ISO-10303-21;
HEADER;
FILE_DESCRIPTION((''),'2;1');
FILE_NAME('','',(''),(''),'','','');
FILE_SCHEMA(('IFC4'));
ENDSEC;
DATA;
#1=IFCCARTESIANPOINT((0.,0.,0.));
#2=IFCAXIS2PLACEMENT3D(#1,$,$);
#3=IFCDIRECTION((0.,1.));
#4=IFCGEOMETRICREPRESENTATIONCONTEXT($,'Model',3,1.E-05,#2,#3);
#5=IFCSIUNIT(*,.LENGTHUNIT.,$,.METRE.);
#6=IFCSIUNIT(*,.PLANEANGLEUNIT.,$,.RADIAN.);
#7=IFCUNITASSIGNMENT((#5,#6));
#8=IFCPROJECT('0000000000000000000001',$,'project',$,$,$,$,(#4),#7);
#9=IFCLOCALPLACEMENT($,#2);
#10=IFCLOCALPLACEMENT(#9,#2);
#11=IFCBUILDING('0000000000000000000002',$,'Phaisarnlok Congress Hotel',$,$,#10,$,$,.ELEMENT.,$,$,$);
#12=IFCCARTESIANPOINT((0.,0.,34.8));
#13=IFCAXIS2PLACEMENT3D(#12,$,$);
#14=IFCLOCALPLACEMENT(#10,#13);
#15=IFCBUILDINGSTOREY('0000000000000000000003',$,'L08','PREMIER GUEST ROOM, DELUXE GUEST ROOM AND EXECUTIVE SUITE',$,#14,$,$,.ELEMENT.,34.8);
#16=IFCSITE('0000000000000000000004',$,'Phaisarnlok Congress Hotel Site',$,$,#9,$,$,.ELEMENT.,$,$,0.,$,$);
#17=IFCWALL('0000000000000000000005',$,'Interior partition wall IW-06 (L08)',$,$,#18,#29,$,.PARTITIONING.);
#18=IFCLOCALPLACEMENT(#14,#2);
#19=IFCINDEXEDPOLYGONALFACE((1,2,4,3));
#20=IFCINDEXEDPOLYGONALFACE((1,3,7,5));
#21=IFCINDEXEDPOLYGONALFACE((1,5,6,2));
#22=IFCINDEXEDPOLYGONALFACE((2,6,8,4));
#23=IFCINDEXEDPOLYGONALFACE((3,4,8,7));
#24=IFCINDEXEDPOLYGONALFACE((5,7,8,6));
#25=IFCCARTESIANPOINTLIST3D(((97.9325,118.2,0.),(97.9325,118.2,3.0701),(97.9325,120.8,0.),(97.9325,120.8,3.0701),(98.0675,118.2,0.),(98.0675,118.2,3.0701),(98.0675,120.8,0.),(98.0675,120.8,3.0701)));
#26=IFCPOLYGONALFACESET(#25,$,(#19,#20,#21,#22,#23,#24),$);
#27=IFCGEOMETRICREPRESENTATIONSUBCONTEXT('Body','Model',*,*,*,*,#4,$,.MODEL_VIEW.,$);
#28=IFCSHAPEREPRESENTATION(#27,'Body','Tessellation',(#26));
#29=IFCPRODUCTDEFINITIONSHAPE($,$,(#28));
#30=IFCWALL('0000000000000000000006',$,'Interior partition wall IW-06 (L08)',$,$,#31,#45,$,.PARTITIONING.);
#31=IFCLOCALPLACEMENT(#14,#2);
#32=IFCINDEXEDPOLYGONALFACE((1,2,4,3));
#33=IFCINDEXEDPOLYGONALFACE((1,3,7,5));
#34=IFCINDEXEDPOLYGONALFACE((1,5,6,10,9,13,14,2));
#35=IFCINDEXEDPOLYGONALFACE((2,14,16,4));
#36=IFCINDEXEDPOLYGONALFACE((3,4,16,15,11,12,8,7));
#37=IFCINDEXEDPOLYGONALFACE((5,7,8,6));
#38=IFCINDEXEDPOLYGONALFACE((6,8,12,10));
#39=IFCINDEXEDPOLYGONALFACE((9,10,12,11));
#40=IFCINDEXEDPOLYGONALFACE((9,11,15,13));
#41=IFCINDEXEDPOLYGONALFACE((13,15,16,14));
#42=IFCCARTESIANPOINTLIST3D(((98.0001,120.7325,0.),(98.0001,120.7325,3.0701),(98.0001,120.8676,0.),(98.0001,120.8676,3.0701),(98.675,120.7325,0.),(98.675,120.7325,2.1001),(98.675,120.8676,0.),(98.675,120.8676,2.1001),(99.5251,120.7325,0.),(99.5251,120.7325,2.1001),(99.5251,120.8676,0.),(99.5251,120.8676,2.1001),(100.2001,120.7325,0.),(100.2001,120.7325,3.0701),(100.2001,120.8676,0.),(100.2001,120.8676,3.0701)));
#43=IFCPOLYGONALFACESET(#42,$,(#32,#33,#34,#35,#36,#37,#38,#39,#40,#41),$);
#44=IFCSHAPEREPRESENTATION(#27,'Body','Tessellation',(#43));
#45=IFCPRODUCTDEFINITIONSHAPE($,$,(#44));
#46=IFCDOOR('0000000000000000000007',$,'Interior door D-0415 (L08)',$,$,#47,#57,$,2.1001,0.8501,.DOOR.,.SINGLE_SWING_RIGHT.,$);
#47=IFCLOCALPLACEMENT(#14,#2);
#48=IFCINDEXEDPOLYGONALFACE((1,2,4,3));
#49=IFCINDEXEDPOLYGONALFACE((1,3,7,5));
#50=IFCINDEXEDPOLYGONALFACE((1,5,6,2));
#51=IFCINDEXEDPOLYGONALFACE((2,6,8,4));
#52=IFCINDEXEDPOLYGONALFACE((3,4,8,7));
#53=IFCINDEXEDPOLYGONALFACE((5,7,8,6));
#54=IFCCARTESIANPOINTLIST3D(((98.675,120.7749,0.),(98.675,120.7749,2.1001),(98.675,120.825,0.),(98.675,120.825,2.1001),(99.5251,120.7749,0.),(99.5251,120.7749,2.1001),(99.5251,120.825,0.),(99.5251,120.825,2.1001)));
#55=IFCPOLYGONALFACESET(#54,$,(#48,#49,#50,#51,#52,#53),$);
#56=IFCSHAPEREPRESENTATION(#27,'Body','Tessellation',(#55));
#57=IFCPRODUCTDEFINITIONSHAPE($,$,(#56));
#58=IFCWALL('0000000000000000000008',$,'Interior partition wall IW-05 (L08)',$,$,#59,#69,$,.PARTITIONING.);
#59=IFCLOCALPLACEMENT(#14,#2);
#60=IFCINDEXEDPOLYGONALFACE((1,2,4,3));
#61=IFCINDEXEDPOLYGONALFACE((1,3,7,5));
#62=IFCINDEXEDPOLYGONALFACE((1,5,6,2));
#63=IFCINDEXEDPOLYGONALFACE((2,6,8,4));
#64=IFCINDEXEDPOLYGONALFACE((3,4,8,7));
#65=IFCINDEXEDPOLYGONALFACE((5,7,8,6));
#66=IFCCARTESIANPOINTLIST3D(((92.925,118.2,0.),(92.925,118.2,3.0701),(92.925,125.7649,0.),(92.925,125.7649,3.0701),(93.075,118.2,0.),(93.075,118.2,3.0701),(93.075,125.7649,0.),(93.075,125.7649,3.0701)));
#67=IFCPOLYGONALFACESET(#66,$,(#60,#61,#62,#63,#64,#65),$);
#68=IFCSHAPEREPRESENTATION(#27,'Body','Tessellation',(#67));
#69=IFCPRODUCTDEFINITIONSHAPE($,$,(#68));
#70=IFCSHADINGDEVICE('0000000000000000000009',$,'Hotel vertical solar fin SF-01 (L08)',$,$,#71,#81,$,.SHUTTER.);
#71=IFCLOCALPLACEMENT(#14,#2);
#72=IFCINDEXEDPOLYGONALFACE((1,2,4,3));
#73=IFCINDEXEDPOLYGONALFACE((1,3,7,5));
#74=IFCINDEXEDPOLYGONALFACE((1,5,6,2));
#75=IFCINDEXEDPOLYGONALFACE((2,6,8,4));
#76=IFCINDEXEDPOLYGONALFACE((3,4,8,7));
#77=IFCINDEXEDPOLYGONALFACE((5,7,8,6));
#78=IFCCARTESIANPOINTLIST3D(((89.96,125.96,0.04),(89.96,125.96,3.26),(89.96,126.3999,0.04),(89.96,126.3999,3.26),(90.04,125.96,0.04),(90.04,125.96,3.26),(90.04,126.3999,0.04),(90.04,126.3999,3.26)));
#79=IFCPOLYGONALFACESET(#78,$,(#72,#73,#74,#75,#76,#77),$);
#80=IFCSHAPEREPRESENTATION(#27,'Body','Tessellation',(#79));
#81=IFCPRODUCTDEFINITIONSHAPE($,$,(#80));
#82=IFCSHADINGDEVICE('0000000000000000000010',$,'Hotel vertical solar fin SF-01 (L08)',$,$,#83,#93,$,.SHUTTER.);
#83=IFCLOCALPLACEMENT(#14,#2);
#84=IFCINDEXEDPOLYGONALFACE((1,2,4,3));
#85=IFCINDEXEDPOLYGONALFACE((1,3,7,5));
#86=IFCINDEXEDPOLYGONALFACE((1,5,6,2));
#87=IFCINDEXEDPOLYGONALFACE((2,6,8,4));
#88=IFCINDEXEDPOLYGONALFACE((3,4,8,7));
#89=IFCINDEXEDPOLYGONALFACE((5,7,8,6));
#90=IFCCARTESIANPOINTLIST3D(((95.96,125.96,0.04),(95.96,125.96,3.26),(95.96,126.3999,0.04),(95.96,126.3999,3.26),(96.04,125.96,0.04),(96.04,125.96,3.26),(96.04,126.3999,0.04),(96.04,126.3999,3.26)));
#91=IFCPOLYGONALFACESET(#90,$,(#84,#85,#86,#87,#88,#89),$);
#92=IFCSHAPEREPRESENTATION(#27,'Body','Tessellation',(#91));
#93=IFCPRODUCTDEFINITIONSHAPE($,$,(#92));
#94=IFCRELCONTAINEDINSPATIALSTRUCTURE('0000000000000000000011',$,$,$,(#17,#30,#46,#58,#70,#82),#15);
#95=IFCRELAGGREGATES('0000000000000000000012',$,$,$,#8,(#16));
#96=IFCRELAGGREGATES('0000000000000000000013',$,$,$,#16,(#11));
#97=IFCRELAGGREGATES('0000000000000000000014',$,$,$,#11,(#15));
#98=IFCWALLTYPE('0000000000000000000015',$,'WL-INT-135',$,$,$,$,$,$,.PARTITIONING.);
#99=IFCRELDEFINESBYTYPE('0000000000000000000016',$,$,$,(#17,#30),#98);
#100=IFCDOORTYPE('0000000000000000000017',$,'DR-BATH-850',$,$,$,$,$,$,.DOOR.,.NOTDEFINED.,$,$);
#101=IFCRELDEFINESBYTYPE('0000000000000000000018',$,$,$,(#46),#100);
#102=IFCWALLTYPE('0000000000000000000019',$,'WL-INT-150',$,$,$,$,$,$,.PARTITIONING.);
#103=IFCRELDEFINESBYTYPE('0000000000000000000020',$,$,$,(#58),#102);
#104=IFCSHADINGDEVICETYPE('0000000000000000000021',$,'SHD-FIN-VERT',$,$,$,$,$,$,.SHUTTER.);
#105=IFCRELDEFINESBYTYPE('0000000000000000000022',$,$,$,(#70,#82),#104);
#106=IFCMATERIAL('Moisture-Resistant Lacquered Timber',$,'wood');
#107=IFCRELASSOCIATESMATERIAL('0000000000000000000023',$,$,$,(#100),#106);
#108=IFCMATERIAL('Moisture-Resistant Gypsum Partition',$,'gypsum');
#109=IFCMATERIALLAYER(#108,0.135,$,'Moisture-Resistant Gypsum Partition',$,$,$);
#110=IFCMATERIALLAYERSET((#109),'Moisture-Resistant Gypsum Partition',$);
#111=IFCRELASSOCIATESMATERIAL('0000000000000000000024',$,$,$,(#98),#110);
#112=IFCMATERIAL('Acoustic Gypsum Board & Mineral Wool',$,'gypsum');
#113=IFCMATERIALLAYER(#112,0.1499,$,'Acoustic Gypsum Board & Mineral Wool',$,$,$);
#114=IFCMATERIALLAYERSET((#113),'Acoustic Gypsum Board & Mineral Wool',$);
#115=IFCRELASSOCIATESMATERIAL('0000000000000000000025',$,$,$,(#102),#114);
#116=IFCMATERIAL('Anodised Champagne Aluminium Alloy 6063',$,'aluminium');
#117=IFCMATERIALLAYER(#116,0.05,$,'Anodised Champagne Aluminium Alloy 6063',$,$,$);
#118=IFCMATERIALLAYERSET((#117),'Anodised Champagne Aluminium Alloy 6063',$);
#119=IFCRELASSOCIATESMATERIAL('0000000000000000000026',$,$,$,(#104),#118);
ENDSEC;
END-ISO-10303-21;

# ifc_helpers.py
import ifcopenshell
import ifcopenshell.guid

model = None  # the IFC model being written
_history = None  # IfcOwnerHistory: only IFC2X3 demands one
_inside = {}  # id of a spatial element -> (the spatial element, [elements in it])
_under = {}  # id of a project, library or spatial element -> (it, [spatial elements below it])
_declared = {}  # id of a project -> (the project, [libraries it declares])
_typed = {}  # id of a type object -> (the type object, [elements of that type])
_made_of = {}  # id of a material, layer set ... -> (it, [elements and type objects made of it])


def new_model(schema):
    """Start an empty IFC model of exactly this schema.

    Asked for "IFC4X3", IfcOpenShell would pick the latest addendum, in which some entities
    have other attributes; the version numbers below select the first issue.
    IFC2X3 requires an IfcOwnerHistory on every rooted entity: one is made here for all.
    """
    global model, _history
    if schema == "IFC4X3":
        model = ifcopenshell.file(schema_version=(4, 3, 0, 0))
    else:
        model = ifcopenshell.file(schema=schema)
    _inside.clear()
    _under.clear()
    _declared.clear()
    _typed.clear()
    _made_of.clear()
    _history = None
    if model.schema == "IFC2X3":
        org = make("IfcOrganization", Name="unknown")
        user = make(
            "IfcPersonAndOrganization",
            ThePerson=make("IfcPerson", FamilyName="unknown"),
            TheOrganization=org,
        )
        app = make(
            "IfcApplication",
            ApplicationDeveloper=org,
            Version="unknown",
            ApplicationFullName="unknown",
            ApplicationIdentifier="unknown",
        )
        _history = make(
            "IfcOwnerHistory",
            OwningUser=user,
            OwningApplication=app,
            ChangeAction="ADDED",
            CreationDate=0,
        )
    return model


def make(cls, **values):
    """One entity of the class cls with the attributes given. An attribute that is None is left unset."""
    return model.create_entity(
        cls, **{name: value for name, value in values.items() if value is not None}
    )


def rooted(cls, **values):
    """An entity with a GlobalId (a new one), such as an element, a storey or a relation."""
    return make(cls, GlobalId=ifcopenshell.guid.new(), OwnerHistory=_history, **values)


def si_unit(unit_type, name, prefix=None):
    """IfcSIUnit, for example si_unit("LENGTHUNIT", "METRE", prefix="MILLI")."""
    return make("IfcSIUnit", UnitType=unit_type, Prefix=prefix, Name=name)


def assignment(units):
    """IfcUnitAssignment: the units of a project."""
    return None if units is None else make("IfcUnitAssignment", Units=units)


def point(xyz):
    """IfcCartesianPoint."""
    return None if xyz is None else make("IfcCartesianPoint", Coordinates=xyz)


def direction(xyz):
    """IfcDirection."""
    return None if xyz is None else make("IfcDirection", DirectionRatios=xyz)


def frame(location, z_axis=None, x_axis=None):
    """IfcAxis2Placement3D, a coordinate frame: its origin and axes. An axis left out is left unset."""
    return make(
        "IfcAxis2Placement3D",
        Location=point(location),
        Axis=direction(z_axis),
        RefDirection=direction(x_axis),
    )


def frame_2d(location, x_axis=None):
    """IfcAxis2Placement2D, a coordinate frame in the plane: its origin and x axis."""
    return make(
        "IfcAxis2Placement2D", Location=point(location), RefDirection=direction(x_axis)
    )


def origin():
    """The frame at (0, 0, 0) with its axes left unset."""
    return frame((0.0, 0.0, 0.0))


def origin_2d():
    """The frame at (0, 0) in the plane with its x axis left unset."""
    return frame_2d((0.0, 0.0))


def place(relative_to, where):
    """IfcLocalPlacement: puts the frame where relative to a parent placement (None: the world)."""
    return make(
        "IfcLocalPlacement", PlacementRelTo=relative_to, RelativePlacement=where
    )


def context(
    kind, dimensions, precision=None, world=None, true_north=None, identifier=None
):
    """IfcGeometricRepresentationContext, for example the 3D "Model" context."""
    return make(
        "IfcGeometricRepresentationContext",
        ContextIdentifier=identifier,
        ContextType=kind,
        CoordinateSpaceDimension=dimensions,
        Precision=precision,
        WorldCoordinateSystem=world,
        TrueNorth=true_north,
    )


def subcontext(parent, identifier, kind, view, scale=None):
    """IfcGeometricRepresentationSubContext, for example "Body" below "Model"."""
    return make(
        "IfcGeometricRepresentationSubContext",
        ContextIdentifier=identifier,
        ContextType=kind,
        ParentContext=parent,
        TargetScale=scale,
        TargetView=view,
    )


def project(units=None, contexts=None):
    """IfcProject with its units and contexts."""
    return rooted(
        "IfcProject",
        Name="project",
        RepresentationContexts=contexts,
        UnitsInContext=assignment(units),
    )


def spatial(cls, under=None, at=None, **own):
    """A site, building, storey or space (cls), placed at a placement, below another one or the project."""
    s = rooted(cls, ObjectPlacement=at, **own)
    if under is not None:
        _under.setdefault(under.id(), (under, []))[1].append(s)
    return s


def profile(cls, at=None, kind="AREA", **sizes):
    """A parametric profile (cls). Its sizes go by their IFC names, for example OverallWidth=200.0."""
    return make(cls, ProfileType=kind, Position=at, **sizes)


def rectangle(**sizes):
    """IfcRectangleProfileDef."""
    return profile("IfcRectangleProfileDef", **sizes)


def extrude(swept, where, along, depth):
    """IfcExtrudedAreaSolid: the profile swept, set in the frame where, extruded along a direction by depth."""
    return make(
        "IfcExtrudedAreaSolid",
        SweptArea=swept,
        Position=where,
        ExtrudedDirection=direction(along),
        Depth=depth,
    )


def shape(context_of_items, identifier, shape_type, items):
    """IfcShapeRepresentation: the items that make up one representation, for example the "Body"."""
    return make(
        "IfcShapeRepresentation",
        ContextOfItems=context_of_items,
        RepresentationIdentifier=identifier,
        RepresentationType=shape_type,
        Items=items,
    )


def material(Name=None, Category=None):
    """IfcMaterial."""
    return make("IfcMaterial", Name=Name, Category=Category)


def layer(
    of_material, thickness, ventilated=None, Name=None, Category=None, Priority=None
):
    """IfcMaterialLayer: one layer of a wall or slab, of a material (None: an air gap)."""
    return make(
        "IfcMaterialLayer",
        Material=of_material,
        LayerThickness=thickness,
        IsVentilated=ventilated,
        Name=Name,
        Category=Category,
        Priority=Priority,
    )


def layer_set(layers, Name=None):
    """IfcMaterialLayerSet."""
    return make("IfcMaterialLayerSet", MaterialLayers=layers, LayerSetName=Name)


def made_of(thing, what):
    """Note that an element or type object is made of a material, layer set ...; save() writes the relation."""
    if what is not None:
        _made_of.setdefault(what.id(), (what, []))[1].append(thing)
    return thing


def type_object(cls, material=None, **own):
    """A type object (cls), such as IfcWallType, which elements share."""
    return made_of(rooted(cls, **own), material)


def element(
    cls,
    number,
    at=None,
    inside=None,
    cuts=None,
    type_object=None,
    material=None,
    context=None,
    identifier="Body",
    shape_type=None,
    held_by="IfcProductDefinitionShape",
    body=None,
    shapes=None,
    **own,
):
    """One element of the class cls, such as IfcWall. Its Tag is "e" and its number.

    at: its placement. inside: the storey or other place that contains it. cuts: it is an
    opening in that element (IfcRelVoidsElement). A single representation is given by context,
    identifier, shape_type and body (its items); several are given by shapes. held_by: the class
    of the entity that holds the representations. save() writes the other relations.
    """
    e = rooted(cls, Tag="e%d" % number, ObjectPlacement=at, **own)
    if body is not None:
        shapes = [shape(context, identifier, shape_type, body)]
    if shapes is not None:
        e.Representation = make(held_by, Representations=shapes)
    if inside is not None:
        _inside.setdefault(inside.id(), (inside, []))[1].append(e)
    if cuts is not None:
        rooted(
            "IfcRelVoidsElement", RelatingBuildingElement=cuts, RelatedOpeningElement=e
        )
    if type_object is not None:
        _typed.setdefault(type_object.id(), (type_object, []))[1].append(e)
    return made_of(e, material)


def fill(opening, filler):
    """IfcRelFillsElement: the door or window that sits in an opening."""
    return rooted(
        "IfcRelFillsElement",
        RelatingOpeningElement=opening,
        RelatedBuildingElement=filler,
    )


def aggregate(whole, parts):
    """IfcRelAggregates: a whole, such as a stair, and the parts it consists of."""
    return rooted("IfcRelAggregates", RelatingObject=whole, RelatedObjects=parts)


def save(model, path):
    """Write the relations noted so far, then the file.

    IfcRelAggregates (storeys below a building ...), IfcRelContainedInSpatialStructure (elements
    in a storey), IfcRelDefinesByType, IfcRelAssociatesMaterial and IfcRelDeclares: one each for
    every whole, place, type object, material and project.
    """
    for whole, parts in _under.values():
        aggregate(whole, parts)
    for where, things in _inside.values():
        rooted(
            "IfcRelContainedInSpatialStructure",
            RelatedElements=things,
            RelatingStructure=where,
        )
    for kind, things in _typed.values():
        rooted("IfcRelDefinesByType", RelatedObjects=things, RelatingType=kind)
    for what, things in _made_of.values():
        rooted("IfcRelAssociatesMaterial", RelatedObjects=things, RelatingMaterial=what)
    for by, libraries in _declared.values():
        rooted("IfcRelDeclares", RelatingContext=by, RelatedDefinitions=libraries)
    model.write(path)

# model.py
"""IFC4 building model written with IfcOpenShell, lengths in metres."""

from ifc_helpers import new_model, si_unit, direction, frame, frame_2d, origin, origin_2d, place, context, subcontext, project, spatial, rectangle, extrude, material, layer, layer_set, type_object, element, fill, save


model = new_model("IFC4")

# Units and contexts
model_context = context("Model", 3, precision=1e-05, world=origin(), true_north=direction((0.0, 1.0)))
body_context = subcontext(model_context, "Body", "Model", "MODEL_VIEW")
ifc_project = project(units=[si_unit("LENGTHUNIT", "METRE"), si_unit("PLANEANGLEUNIT", "RADIAN")], contexts=[model_context])

# Site, building, storey
site_placement = place(None, origin())
site = spatial("IfcSite", under=ifc_project, at=site_placement, Name="Phaisarnlok Congress Hotel Site", CompositionType="ELEMENT", RefElevation=0.0)
building_placement = place(site_placement, origin())
building = spatial("IfcBuilding", under=site, at=building_placement, Name="Phaisarnlok Congress Hotel", CompositionType="ELEMENT")
storey_placement = place(building_placement, frame((0.0, 0.0, 34.8)))
storey = spatial("IfcBuildingStorey", under=building, at=storey_placement, Name="L08", Description="PREMIER GUEST ROOM, DELUXE GUEST ROOM AND EXECUTIVE SUITE", CompositionType="ELEMENT", Elevation=34.8)

# Shared definitions
ifc_material_1 = material(Name="Moisture-Resistant Lacquered Timber", Category="wood")
door_type = type_object("IfcDoorType", Name="DR-BATH-850", OperationType="NOTDEFINED", PredefinedType="DOOR", material=ifc_material_1)

# Wall
ifc_material_2 = material(Name="Moisture-Resistant Gypsum Partition", Category="gypsum")
ifc_layer_1 = layer(ifc_material_2, 0.135, Name="Moisture-Resistant Gypsum Partition")
ifc_layer_set_1 = layer_set([ifc_layer_1], Name="Moisture-Resistant Gypsum Partition")
wall_type_1 = type_object("IfcWallType", Name="WL-INT-135", PredefinedType="PARTITIONING", material=ifc_layer_set_1)
for number, where, z_axis, x_axis, name in (
    (1, (98.0, 118.2, 0.0), (0.0, 0.0, 1.0), (0.0, 1.0, 0.0), "Interior partition wall IW-06 (L08)"),
):
    element("IfcWall", number, at=place(storey_placement, frame(where, z_axis=z_axis, x_axis=x_axis)), inside=storey, type_object=wall_type_1, Name=name, PredefinedType="PARTITIONING", context=body_context, shape_type="SweptSolid", body=[
        extrude(rectangle(XDim=2.6001, YDim=0.135, at=frame_2d((1.3, 0.0))), origin(), (0.0, 0.0, 1.0), 3.0701),
    ])

# Wall, opening, door
wall_1_placement = place(storey_placement, frame((98.0, 120.8, 0.0), z_axis=(0.0, 0.0, 1.0), x_axis=(1.0, 0.0, 0.0)))
wall_1 = element("IfcWall", 2, at=wall_1_placement, inside=storey, type_object=wall_type_1, Name="Interior partition wall IW-06 (L08)", PredefinedType="PARTITIONING", context=body_context, shape_type="SweptSolid", body=[
    extrude(rectangle(XDim=2.2, YDim=0.135, at=frame_2d((1.1001, 0.0))), origin(), (0.0, 0.0, 1.0), 3.0701),
])
opening_1_placement = place(wall_1_placement, frame((0.675, 0.0, 0.0)))
opening_1 = element("IfcOpeningElement", 3, at=opening_1_placement, cuts=wall_1, PredefinedType="OPENING", context=body_context, shape_type="SweptSolid", body=[
    extrude(rectangle(XDim=0.8501, YDim=2.1001, at=frame_2d((0.425, 1.05))), frame((0.0, 0.0776, 0.0), z_axis=(0.0, -1.0, 0.0), x_axis=(1.0, 0.0, 0.0)), (0.0, 0.0, 1.0), 0.155),
])
door_1_placement = place(opening_1_placement, origin())
door_1 = element("IfcDoor", 4, at=door_1_placement, inside=storey, type_object=door_type, Name="Interior door D-0415 (L08)", OperationType="SINGLE_SWING_RIGHT", OverallHeight=2.1001, OverallWidth=0.8501, PredefinedType="DOOR", context=body_context, shape_type="SweptSolid", body=[
    extrude(rectangle(XDim=0.8501, YDim=2.1001, at=frame_2d((0.425, 1.05))), frame((0.0, 0.0249, 0.0), z_axis=(0.0, -1.0, 0.0), x_axis=(1.0, 0.0, 0.0)), (0.0, 0.0, 1.0), 0.05),
])
fill(opening_1, door_1)

# Wall
ifc_material_3 = material(Name="Acoustic Gypsum Board & Mineral Wool", Category="gypsum")
ifc_layer_2 = layer(ifc_material_3, 0.1499, Name="Acoustic Gypsum Board & Mineral Wool")
ifc_layer_set_2 = layer_set([ifc_layer_2], Name="Acoustic Gypsum Board & Mineral Wool")
wall_type_2 = type_object("IfcWallType", Name="WL-INT-150", PredefinedType="PARTITIONING", material=ifc_layer_set_2)
wall_2_placement = place(storey_placement, frame((93.0, 118.2, 0.0), z_axis=(0.0, 0.0, 1.0), x_axis=(0.0, 1.0, 0.0)))
element("IfcWall", 5, at=wall_2_placement, inside=storey, type_object=wall_type_2, Name="Interior partition wall IW-05 (L08)", PredefinedType="PARTITIONING", context=body_context, shape_type="SweptSolid", body=[
    extrude(rectangle(XDim=7.5649, YDim=0.1499, at=frame_2d((3.7825, 0.0))), origin(), (0.0, 0.0, 1.0), 3.0701),
])

# Shading devices
ifc_material_4 = material(Name="Anodised Champagne Aluminium Alloy 6063", Category="aluminium")
ifc_layer_3 = layer(ifc_material_4, 0.05, Name="Anodised Champagne Aluminium Alloy 6063")
ifc_layer_set_3 = layer_set([ifc_layer_3], Name="Anodised Champagne Aluminium Alloy 6063")
shading_device_type = type_object("IfcShadingDeviceType", Name="SHD-FIN-VERT", PredefinedType="SHUTTER", material=ifc_layer_set_3)
for number, where, z_axis, x_axis, name in (
    (6, (90.0, 126.1799, 0.04), (0.0, 0.0, 1.0), (1.0, 0.0, 0.0), "Hotel vertical solar fin SF-01 (L08)"),
    (7, (96.0, 126.1799, 0.04), (0.0, 0.0, 1.0), (1.0, 0.0, 0.0), "Hotel vertical solar fin SF-01 (L08)"),
):
    element("IfcShadingDevice", number, at=place(storey_placement, frame(where, z_axis=z_axis, x_axis=x_axis)), inside=storey, type_object=shading_device_type, Name=name, PredefinedType="SHUTTER", context=body_context, shape_type="SweptSolid", body=[
        extrude(rectangle(XDim=0.0801, YDim=0.4399, at=origin_2d()), origin(), (0.0, 0.0, 1.0), 3.22),
    ])

save(model, "model.ifc")
